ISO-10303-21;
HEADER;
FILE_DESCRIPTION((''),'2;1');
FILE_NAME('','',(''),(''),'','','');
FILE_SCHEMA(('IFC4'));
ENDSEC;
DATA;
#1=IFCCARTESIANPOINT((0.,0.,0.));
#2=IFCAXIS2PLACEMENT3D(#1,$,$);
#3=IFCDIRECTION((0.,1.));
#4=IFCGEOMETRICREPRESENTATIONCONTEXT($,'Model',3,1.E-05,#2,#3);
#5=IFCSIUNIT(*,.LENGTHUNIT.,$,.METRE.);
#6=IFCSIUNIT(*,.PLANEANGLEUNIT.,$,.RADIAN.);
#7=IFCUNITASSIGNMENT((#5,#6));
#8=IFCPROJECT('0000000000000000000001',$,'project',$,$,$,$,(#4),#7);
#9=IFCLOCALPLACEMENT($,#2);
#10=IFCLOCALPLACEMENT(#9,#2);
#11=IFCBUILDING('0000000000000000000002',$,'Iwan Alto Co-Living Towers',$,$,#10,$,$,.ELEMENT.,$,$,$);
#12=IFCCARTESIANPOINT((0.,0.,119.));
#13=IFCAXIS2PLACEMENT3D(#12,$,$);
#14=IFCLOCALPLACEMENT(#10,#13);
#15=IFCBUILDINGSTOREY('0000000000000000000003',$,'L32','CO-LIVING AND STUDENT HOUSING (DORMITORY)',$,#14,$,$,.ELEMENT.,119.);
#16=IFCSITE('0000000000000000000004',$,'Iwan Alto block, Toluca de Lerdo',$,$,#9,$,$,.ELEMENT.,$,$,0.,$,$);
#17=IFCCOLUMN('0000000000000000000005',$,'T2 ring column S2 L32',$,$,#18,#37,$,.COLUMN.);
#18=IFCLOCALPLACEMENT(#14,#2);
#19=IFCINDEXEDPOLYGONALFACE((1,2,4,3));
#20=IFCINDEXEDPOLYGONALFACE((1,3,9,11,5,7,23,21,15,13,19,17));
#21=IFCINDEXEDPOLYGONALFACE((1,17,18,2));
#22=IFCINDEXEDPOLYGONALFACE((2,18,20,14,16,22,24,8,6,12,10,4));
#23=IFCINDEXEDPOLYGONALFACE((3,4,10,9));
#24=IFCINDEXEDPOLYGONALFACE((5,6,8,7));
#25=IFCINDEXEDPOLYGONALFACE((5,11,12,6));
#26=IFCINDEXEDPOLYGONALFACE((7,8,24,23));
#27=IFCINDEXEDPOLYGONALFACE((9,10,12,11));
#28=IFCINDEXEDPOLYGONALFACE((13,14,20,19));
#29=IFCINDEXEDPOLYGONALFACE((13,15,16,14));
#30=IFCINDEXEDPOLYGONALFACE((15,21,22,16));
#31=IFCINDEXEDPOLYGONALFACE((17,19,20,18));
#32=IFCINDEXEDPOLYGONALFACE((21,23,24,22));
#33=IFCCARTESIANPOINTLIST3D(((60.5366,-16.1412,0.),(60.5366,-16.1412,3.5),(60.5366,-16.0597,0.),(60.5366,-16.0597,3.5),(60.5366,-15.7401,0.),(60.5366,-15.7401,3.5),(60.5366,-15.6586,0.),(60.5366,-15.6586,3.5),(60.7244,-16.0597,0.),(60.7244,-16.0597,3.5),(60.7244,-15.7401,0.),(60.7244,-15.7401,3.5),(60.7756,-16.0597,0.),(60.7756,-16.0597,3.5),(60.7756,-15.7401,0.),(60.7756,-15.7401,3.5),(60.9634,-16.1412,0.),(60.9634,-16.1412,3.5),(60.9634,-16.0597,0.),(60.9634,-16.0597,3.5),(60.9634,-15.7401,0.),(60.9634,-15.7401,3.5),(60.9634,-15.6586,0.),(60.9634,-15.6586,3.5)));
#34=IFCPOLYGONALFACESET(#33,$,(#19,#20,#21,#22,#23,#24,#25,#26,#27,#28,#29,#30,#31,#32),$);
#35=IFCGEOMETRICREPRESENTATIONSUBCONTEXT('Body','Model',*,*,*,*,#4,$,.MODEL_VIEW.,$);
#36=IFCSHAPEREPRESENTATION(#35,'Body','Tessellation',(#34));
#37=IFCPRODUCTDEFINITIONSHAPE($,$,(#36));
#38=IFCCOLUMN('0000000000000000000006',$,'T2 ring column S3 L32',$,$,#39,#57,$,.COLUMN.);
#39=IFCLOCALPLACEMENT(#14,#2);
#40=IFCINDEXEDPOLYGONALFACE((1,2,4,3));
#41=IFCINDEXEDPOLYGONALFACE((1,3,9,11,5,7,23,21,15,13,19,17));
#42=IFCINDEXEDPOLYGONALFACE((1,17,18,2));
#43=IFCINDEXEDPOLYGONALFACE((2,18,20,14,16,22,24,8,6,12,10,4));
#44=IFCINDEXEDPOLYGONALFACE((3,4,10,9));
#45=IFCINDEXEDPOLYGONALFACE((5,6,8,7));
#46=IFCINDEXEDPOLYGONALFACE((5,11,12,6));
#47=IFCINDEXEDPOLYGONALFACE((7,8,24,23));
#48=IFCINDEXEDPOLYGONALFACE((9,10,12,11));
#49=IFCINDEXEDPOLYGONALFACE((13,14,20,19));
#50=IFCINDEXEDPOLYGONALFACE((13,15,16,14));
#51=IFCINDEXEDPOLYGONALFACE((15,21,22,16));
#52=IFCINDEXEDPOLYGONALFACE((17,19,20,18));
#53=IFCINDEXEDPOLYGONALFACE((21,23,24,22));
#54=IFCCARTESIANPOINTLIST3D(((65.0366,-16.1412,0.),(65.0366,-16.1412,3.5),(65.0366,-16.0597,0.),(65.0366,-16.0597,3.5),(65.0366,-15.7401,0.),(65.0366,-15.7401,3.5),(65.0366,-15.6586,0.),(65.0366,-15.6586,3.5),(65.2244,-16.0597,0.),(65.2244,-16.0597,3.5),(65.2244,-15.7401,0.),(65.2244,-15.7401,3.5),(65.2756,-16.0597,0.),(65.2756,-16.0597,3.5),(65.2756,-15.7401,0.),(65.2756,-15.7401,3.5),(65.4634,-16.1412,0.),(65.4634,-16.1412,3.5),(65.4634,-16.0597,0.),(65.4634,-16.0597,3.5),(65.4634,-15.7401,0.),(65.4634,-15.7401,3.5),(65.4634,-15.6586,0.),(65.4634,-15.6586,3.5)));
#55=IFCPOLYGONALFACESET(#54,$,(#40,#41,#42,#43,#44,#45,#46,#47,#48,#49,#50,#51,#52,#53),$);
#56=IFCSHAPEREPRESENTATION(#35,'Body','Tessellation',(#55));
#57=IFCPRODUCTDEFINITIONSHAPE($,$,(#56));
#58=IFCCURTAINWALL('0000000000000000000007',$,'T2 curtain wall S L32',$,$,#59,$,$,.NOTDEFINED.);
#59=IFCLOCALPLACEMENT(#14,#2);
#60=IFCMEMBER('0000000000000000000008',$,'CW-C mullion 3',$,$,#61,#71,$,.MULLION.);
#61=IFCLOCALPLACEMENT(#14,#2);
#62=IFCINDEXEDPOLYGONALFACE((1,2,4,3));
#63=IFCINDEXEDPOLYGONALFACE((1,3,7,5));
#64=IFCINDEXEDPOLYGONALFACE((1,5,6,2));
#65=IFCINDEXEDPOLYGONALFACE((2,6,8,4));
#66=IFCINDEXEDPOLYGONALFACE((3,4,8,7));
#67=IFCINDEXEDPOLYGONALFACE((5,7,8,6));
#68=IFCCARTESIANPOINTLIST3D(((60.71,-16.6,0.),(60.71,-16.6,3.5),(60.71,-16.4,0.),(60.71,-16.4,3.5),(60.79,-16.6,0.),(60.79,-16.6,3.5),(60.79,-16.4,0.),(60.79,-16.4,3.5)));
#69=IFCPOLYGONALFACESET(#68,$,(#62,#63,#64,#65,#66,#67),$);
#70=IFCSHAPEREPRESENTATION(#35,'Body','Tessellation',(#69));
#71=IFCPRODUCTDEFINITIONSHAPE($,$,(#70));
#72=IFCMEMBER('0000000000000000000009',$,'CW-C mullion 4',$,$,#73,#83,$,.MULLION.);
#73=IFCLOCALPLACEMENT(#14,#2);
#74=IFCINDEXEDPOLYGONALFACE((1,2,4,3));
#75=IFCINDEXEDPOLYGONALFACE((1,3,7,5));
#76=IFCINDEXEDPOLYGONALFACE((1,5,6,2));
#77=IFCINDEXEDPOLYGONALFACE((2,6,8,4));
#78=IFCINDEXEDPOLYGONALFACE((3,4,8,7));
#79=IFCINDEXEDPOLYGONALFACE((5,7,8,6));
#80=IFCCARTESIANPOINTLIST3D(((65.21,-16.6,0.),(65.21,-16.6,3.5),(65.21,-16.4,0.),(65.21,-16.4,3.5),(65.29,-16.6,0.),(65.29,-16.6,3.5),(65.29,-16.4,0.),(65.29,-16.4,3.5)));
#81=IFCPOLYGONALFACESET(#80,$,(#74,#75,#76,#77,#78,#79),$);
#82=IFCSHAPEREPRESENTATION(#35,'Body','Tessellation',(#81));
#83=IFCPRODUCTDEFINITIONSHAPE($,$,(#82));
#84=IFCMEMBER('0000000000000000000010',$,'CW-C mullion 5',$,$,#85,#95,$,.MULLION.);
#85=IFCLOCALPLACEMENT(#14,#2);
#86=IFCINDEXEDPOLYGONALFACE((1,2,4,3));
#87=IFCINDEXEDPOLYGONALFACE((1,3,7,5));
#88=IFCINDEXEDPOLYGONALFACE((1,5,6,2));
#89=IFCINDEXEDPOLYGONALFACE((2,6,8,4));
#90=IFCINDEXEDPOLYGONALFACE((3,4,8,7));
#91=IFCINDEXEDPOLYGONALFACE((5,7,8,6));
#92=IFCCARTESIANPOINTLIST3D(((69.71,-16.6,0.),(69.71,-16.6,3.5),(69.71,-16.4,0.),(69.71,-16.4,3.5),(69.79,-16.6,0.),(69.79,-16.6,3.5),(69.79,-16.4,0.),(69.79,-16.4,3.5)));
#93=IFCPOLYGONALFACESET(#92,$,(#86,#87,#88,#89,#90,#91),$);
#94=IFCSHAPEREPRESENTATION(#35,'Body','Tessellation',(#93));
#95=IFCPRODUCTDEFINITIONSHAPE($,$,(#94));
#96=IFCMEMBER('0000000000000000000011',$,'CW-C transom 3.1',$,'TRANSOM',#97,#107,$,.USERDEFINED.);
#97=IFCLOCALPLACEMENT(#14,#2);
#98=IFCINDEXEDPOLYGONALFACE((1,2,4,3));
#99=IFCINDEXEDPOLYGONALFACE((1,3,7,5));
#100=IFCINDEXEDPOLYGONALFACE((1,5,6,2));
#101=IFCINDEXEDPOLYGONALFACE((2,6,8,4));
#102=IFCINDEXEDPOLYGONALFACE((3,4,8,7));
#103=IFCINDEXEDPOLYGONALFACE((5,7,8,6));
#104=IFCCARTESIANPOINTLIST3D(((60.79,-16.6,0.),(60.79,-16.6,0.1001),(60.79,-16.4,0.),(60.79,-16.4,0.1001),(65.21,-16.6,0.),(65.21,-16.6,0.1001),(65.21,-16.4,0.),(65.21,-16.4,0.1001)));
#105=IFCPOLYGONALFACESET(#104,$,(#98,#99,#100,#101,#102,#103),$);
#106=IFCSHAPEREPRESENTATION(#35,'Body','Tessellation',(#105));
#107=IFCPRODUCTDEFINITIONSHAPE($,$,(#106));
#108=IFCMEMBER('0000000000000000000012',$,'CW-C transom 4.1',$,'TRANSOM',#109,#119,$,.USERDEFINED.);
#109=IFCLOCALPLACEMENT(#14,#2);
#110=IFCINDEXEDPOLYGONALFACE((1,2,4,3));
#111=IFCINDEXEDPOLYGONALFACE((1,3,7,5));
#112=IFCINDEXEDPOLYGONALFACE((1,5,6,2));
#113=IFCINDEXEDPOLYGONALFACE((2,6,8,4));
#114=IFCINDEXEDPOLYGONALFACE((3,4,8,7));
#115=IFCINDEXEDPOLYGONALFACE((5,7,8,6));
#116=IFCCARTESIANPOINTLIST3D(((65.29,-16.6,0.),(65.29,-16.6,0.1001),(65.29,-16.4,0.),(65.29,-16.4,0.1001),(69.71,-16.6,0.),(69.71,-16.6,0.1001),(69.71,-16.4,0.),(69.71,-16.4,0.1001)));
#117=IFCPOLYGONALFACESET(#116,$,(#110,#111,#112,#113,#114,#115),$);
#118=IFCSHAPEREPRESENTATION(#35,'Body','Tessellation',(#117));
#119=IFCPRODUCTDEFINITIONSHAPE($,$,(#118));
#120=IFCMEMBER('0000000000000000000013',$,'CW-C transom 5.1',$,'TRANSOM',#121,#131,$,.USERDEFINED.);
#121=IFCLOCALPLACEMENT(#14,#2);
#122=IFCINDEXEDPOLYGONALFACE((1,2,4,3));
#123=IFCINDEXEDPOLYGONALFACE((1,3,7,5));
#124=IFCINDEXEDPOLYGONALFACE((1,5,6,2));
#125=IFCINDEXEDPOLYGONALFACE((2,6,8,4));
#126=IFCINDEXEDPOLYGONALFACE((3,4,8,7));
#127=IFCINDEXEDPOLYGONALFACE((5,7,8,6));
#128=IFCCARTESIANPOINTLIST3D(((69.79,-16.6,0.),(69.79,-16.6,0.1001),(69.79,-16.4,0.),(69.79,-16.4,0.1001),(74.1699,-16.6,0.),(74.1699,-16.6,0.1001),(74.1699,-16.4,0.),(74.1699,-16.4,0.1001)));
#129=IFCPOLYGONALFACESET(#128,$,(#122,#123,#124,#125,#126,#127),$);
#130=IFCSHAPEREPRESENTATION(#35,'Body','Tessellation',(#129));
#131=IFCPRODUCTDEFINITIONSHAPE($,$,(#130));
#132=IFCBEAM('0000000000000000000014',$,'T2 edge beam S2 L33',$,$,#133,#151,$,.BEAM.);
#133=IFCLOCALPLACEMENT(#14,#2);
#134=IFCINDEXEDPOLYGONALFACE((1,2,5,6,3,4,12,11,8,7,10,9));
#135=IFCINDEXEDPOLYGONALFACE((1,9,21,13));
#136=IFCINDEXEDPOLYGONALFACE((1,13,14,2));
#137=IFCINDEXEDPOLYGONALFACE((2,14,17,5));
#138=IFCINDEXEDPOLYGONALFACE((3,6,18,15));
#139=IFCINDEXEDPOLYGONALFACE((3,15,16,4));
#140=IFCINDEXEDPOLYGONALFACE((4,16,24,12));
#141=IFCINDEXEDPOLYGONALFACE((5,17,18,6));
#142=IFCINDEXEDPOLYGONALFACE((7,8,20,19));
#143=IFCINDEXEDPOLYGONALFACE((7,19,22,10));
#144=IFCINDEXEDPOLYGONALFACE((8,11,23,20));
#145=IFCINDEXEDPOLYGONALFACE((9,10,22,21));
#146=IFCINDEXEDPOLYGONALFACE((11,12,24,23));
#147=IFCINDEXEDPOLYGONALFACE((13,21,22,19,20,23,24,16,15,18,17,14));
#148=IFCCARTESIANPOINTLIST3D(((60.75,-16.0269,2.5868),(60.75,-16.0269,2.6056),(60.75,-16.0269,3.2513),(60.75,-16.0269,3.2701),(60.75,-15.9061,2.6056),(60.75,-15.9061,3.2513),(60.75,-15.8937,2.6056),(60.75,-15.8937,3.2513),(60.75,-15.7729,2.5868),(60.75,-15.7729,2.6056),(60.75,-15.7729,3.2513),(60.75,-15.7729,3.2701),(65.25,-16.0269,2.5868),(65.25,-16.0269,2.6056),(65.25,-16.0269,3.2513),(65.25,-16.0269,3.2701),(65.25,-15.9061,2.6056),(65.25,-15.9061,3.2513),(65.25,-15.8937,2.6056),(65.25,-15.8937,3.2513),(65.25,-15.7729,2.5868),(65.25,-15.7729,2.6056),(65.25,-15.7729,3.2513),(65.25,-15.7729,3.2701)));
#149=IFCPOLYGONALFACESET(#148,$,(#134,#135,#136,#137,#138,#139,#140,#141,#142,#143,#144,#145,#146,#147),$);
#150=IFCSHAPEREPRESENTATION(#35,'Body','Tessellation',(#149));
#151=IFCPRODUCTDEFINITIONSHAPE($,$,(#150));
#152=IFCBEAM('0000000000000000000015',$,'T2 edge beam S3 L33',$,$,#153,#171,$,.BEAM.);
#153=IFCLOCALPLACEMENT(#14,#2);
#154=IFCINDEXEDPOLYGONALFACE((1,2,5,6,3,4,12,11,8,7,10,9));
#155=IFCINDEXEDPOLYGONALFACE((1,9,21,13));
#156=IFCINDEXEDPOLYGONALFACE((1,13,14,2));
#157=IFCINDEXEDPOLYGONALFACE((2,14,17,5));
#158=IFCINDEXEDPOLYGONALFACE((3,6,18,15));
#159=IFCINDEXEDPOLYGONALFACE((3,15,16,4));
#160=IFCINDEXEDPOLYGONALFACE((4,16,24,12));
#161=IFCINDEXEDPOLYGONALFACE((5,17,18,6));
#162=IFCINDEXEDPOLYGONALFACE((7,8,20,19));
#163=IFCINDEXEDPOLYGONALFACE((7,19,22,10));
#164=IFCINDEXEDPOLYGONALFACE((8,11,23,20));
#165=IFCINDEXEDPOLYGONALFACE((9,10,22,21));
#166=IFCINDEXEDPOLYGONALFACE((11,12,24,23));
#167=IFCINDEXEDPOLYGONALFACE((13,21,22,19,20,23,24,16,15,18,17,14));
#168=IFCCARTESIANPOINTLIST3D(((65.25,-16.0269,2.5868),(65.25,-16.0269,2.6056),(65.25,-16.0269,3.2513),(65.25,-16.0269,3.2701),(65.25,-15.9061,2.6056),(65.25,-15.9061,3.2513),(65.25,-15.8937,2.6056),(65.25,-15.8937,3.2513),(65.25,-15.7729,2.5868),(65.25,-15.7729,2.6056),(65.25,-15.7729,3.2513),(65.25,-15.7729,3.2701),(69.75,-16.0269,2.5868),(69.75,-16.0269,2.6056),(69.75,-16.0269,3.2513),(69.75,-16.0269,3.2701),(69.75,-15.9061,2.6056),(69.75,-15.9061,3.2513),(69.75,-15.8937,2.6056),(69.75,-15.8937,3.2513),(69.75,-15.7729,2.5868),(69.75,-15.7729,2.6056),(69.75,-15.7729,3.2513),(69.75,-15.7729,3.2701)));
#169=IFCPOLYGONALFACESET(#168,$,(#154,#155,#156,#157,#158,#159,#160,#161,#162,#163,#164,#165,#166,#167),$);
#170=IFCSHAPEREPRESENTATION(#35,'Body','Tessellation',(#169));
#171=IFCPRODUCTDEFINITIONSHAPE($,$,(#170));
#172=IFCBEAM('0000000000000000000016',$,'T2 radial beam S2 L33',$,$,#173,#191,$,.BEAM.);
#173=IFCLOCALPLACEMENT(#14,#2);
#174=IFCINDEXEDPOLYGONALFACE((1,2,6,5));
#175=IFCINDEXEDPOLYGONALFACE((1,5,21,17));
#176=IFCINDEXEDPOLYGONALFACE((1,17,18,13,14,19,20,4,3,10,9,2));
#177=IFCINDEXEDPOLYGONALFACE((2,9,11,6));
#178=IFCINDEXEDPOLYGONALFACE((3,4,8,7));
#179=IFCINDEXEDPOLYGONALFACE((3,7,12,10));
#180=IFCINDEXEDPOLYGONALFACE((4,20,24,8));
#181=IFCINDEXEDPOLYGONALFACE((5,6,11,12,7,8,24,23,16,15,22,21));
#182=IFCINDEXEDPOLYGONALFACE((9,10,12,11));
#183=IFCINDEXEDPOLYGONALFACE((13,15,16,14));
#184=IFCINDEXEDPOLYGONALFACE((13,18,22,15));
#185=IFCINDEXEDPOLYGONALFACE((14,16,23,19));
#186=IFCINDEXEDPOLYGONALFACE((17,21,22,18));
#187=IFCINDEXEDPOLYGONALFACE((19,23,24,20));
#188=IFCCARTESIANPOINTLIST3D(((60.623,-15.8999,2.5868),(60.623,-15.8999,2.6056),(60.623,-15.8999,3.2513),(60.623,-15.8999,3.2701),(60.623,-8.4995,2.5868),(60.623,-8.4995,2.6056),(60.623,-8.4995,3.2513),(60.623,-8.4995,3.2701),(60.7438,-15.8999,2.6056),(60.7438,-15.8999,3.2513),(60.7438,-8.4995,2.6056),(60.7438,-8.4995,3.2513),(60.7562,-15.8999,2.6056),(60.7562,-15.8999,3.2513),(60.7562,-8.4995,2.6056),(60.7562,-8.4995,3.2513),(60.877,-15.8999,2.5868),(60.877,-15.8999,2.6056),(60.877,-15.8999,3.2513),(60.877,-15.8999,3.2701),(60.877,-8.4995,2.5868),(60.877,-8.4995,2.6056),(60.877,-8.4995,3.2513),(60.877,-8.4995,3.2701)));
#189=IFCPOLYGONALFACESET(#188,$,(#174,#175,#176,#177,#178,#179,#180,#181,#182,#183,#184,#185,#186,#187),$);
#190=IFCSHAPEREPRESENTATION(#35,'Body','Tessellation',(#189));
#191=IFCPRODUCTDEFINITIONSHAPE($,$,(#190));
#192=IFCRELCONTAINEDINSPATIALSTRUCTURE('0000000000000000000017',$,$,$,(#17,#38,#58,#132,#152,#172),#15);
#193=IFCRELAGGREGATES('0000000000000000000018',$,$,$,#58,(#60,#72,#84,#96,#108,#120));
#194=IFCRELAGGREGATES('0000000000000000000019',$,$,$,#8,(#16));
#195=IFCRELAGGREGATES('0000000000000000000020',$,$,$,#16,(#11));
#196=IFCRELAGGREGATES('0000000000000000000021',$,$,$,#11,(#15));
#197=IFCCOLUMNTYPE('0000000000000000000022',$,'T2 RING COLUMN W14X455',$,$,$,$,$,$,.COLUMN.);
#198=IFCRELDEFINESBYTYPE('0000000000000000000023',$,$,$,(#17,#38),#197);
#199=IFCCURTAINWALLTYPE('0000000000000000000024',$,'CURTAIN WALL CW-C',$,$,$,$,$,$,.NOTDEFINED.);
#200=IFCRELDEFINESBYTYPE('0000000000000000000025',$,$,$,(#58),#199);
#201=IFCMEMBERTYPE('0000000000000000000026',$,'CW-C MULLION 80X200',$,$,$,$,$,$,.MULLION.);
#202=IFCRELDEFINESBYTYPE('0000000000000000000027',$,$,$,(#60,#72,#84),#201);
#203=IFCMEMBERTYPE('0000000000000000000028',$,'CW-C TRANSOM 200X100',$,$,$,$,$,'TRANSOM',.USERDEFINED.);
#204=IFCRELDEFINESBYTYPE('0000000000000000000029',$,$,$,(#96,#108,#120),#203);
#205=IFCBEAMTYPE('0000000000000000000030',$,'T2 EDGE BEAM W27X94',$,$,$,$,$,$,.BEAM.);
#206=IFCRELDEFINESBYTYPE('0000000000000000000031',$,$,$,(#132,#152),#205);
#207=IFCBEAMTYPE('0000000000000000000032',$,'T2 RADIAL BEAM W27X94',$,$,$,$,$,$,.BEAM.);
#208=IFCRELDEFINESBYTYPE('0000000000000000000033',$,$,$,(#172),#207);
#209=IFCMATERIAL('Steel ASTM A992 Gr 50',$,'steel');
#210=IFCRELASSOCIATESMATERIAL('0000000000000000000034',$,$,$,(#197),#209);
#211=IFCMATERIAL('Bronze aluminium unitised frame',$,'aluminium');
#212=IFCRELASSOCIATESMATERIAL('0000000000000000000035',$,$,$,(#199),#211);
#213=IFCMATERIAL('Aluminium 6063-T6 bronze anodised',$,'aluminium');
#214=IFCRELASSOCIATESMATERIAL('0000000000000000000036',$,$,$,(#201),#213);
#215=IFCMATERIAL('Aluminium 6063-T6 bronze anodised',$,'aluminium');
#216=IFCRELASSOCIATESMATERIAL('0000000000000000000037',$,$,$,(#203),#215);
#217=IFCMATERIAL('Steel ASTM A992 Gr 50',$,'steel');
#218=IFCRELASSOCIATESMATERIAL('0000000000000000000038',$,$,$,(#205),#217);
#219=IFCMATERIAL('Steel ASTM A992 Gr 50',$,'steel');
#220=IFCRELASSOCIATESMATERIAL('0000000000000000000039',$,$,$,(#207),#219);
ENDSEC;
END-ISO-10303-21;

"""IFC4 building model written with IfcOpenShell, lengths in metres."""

from ifc_helpers import new_model, si_unit, direction, frame, origin, origin_2d, place, context, subcontext, project, spatial, rectangle, i_section, extrude, material, material_profile, profile_set, type_object, element, aggregate, save


model = new_model("IFC4")

# Units and contexts
model_context = context("Model", 3, precision=1e-05, world=origin(), true_north=direction((0.0, 1.0)))
body_context = subcontext(model_context, "Body", "Model", "MODEL_VIEW")
ifc_project = project(units=[si_unit("LENGTHUNIT", "METRE"), si_unit("PLANEANGLEUNIT", "RADIAN")], contexts=[model_context])

# Site, building, storey
site_placement = place(None, origin())
site = spatial("IfcSite", under=ifc_project, at=site_placement, Name="Iwan Alto block, Toluca de Lerdo", CompositionType="ELEMENT", RefElevation=0.0)
building_placement = place(site_placement, origin())
building = spatial("IfcBuilding", under=site, at=building_placement, Name="Iwan Alto Co-Living Towers", CompositionType="ELEMENT")
storey_placement = place(building_placement, frame((0.0, 0.0, 119.0)))
storey = spatial("IfcBuildingStorey", under=building, at=storey_placement, Name="L32", Description="CO-LIVING AND STUDENT HOUSING (DORMITORY)", CompositionType="ELEMENT", Elevation=119.0)

# Columns
ifc_material_1 = material(Name="Steel ASTM A992 Gr 50", Category="steel")
ifc_material_profile_1 = material_profile(ifc_material_1, i_section(OverallWidth=0.4268, OverallDepth=0.4827, WebThickness=0.0513, FlangeThickness=0.0815, at=origin_2d()), Name="W14X455")
ifc_profile_set_1 = profile_set([ifc_material_profile_1], Name="Steel ASTM A992 Gr 50")
column_type = type_object("IfcColumnType", Name="T2 RING COLUMN W14X455", PredefinedType="COLUMN", material=ifc_profile_set_1)
for number, where, z_axis, x_axis, name in (
    (1, (60.75, -15.8999, 0.0), (0.0, 0.0, 1.0), (1.0, 0.0, 0.0), "T2 ring column S2 L32"),
    (2, (65.25, -15.8999, 0.0), (0.0, 0.0, 1.0), (1.0, 0.0, 0.0), "T2 ring column S3 L32"),
):
    element("IfcColumn", number, at=place(storey_placement, frame(where, z_axis=z_axis, x_axis=x_axis)), inside=storey, type_object=column_type, Name=name, PredefinedType="COLUMN", context=body_context, shape_type="SweptSolid", body=[
        extrude(i_section(OverallWidth=0.4268, OverallDepth=0.4827, WebThickness=0.0513, FlangeThickness=0.0815, at=origin_2d()), origin(), (0.0, 0.0, 1.0), 3.5),
    ])

# Curtain wall, members
ifc_material_2 = material(Name="Bronze aluminium unitised frame", Category="aluminium")
curtain_wall_type = type_object("IfcCurtainWallType", Name="CURTAIN WALL CW-C", PredefinedType="NOTDEFINED", material=ifc_material_2)
curtain_wall_placement = place(storey_placement, origin())
curtain_wall = element("IfcCurtainWall", 3, at=curtain_wall_placement, inside=storey, type_object=curtain_wall_type, Name="T2 curtain wall S L32", PredefinedType="NOTDEFINED")
ifc_material_3 = material(Name="Aluminium 6063-T6 bronze anodised", Category="aluminium")
ifc_material_profile_2 = material_profile(ifc_material_3, rectangle(XDim=0.2, YDim=0.0801, at=origin_2d()), Name="AL 80X200")
ifc_profile_set_2 = profile_set([ifc_material_profile_2], Name="Aluminium 6063-T6 bronze anodised")
member_type_1 = type_object("IfcMemberType", Name="CW-C MULLION 80X200", PredefinedType="MULLION", material=ifc_profile_set_2)
member_1_placement = place(storey_placement, frame((60.75, -16.5, 0.0), z_axis=(0.0, 0.0, 1.0), x_axis=(0.0, 1.0, 0.0)))
member_1 = element("IfcMember", 4, at=member_1_placement, type_object=member_type_1, Name="CW-C mullion 3", PredefinedType="MULLION", context=body_context, shape_type="SweptSolid", body=[
    extrude(rectangle(XDim=0.2, YDim=0.0801, at=origin_2d()), origin(), (0.0, 0.0, 1.0), 3.5),
])
member_2_placement = place(storey_placement, frame((65.25, -16.5, 0.0), z_axis=(0.0, 0.0, 1.0), x_axis=(0.0, 1.0, 0.0)))
member_2 = element("IfcMember", 5, at=member_2_placement, type_object=member_type_1, Name="CW-C mullion 4", PredefinedType="MULLION", context=body_context, shape_type="SweptSolid", body=[
    extrude(rectangle(XDim=0.2, YDim=0.0801, at=origin_2d()), origin(), (0.0, 0.0, 1.0), 3.5),
])
member_3_placement = place(storey_placement, frame((69.75, -16.5, 0.0), z_axis=(0.0, 0.0, 1.0), x_axis=(0.0, 1.0, 0.0)))
member_3 = element("IfcMember", 6, at=member_3_placement, type_object=member_type_1, Name="CW-C mullion 5", PredefinedType="MULLION", context=body_context, shape_type="SweptSolid", body=[
    extrude(rectangle(XDim=0.2, YDim=0.0801, at=origin_2d()), origin(), (0.0, 0.0, 1.0), 3.5),
])
ifc_material_4 = material(Name="Aluminium 6063-T6 bronze anodised", Category="aluminium")
ifc_material_profile_3 = material_profile(ifc_material_4, rectangle(XDim=0.2, YDim=0.1001, at=origin_2d()), Name="AL 200X100")
ifc_profile_set_3 = profile_set([ifc_material_profile_3], Name="Aluminium 6063-T6 bronze anodised")
member_type_2 = type_object("IfcMemberType", Name="CW-C TRANSOM 200X100", ElementType="TRANSOM", PredefinedType="USERDEFINED", material=ifc_profile_set_3)
member_4_placement = place(storey_placement, frame((60.79, -16.5, 0.05), z_axis=(1.0, 0.0, 0.0), x_axis=(0.0, 1.0, 0.0)))
member_4 = element("IfcMember", 7, at=member_4_placement, type_object=member_type_2, Name="CW-C transom 3.1", ObjectType="TRANSOM", PredefinedType="USERDEFINED", context=body_context, shape_type="SweptSolid", body=[
    extrude(rectangle(XDim=0.2, YDim=0.1001, at=origin_2d()), origin(), (0.0, 0.0, 1.0), 4.4199),
])
member_5_placement = place(storey_placement, frame((65.29, -16.5, 0.05), z_axis=(1.0, 0.0, 0.0), x_axis=(0.0, 1.0, 0.0)))
member_5 = element("IfcMember", 8, at=member_5_placement, type_object=member_type_2, Name="CW-C transom 4.1", ObjectType="TRANSOM", PredefinedType="USERDEFINED", context=body_context, shape_type="SweptSolid", body=[
    extrude(rectangle(XDim=0.2, YDim=0.1001, at=origin_2d()), origin(), (0.0, 0.0, 1.0), 4.4199),
])
member_6_placement = place(storey_placement, frame((69.79, -16.5, 0.05), z_axis=(1.0, 0.0, 0.0), x_axis=(0.0, 1.0, 0.0)))
member_6 = element("IfcMember", 9, at=member_6_placement, type_object=member_type_2, Name="CW-C transom 5.1", ObjectType="TRANSOM", PredefinedType="USERDEFINED", context=body_context, shape_type="SweptSolid", body=[
    extrude(rectangle(XDim=0.2, YDim=0.1001, at=origin_2d()), origin(), (0.0, 0.0, 1.0), 4.3799),
])

# Beams
ifc_material_5 = material(Name="Steel ASTM A992 Gr 50", Category="steel")
ifc_material_profile_4 = material_profile(ifc_material_5, i_section(OverallWidth=0.2539, OverallDepth=0.6833, WebThickness=0.0125, FlangeThickness=0.0188, at=origin_2d()), Name="W27X94")
ifc_profile_set_4 = profile_set([ifc_material_profile_4], Name="Steel ASTM A992 Gr 50")
beam_type_1 = type_object("IfcBeamType", Name="T2 EDGE BEAM W27X94", PredefinedType="BEAM", material=ifc_profile_set_4)
for number, where, z_axis, x_axis, name in (
    (10, (60.75, -15.8999, 2.9285), (1.0, 0.0, 0.0), (0.0, 1.0, 0.0), "T2 edge beam S2 L33"),
    (11, (65.25, -15.8999, 2.9285), (1.0, 0.0, 0.0), (0.0, 1.0, 0.0), "T2 edge beam S3 L33"),
):
    element("IfcBeam", number, at=place(storey_placement, frame(where, z_axis=z_axis, x_axis=x_axis)), inside=storey, type_object=beam_type_1, Name=name, PredefinedType="BEAM", context=body_context, shape_type="SweptSolid", body=[
        extrude(i_section(OverallWidth=0.2539, OverallDepth=0.6833, WebThickness=0.0125, FlangeThickness=0.0188, at=origin_2d()), origin(), (0.0, 0.0, 1.0), 4.5),
    ])
ifc_material_6 = material(Name="Steel ASTM A992 Gr 50", Category="steel")
ifc_material_profile_5 = material_profile(ifc_material_6, i_section(OverallWidth=0.2539, OverallDepth=0.6833, WebThickness=0.0125, FlangeThickness=0.0188, at=origin_2d()), Name="W27X94")
ifc_profile_set_5 = profile_set([ifc_material_profile_5], Name="Steel ASTM A992 Gr 50")
beam_type_2 = type_object("IfcBeamType", Name="T2 RADIAL BEAM W27X94", PredefinedType="BEAM", material=ifc_profile_set_5)
beam_placement = place(storey_placement, frame((60.75, -15.8999, 2.9285), z_axis=(0.0, 1.0, 0.0), x_axis=(-1.0, 0.0, 0.0)))
element("IfcBeam", 12, at=beam_placement, inside=storey, type_object=beam_type_2, Name="T2 radial beam S2 L33", PredefinedType="BEAM", context=body_context, shape_type="SweptSolid", body=[
    extrude(i_section(OverallWidth=0.2539, OverallDepth=0.6833, WebThickness=0.0125, FlangeThickness=0.0188, at=origin_2d()), origin(), (0.0, 0.0, 1.0), 7.4004),
])

aggregate(curtain_wall, [member_1, member_2, member_3, member_4, member_5, member_6])

save(model, "model.ifc")
